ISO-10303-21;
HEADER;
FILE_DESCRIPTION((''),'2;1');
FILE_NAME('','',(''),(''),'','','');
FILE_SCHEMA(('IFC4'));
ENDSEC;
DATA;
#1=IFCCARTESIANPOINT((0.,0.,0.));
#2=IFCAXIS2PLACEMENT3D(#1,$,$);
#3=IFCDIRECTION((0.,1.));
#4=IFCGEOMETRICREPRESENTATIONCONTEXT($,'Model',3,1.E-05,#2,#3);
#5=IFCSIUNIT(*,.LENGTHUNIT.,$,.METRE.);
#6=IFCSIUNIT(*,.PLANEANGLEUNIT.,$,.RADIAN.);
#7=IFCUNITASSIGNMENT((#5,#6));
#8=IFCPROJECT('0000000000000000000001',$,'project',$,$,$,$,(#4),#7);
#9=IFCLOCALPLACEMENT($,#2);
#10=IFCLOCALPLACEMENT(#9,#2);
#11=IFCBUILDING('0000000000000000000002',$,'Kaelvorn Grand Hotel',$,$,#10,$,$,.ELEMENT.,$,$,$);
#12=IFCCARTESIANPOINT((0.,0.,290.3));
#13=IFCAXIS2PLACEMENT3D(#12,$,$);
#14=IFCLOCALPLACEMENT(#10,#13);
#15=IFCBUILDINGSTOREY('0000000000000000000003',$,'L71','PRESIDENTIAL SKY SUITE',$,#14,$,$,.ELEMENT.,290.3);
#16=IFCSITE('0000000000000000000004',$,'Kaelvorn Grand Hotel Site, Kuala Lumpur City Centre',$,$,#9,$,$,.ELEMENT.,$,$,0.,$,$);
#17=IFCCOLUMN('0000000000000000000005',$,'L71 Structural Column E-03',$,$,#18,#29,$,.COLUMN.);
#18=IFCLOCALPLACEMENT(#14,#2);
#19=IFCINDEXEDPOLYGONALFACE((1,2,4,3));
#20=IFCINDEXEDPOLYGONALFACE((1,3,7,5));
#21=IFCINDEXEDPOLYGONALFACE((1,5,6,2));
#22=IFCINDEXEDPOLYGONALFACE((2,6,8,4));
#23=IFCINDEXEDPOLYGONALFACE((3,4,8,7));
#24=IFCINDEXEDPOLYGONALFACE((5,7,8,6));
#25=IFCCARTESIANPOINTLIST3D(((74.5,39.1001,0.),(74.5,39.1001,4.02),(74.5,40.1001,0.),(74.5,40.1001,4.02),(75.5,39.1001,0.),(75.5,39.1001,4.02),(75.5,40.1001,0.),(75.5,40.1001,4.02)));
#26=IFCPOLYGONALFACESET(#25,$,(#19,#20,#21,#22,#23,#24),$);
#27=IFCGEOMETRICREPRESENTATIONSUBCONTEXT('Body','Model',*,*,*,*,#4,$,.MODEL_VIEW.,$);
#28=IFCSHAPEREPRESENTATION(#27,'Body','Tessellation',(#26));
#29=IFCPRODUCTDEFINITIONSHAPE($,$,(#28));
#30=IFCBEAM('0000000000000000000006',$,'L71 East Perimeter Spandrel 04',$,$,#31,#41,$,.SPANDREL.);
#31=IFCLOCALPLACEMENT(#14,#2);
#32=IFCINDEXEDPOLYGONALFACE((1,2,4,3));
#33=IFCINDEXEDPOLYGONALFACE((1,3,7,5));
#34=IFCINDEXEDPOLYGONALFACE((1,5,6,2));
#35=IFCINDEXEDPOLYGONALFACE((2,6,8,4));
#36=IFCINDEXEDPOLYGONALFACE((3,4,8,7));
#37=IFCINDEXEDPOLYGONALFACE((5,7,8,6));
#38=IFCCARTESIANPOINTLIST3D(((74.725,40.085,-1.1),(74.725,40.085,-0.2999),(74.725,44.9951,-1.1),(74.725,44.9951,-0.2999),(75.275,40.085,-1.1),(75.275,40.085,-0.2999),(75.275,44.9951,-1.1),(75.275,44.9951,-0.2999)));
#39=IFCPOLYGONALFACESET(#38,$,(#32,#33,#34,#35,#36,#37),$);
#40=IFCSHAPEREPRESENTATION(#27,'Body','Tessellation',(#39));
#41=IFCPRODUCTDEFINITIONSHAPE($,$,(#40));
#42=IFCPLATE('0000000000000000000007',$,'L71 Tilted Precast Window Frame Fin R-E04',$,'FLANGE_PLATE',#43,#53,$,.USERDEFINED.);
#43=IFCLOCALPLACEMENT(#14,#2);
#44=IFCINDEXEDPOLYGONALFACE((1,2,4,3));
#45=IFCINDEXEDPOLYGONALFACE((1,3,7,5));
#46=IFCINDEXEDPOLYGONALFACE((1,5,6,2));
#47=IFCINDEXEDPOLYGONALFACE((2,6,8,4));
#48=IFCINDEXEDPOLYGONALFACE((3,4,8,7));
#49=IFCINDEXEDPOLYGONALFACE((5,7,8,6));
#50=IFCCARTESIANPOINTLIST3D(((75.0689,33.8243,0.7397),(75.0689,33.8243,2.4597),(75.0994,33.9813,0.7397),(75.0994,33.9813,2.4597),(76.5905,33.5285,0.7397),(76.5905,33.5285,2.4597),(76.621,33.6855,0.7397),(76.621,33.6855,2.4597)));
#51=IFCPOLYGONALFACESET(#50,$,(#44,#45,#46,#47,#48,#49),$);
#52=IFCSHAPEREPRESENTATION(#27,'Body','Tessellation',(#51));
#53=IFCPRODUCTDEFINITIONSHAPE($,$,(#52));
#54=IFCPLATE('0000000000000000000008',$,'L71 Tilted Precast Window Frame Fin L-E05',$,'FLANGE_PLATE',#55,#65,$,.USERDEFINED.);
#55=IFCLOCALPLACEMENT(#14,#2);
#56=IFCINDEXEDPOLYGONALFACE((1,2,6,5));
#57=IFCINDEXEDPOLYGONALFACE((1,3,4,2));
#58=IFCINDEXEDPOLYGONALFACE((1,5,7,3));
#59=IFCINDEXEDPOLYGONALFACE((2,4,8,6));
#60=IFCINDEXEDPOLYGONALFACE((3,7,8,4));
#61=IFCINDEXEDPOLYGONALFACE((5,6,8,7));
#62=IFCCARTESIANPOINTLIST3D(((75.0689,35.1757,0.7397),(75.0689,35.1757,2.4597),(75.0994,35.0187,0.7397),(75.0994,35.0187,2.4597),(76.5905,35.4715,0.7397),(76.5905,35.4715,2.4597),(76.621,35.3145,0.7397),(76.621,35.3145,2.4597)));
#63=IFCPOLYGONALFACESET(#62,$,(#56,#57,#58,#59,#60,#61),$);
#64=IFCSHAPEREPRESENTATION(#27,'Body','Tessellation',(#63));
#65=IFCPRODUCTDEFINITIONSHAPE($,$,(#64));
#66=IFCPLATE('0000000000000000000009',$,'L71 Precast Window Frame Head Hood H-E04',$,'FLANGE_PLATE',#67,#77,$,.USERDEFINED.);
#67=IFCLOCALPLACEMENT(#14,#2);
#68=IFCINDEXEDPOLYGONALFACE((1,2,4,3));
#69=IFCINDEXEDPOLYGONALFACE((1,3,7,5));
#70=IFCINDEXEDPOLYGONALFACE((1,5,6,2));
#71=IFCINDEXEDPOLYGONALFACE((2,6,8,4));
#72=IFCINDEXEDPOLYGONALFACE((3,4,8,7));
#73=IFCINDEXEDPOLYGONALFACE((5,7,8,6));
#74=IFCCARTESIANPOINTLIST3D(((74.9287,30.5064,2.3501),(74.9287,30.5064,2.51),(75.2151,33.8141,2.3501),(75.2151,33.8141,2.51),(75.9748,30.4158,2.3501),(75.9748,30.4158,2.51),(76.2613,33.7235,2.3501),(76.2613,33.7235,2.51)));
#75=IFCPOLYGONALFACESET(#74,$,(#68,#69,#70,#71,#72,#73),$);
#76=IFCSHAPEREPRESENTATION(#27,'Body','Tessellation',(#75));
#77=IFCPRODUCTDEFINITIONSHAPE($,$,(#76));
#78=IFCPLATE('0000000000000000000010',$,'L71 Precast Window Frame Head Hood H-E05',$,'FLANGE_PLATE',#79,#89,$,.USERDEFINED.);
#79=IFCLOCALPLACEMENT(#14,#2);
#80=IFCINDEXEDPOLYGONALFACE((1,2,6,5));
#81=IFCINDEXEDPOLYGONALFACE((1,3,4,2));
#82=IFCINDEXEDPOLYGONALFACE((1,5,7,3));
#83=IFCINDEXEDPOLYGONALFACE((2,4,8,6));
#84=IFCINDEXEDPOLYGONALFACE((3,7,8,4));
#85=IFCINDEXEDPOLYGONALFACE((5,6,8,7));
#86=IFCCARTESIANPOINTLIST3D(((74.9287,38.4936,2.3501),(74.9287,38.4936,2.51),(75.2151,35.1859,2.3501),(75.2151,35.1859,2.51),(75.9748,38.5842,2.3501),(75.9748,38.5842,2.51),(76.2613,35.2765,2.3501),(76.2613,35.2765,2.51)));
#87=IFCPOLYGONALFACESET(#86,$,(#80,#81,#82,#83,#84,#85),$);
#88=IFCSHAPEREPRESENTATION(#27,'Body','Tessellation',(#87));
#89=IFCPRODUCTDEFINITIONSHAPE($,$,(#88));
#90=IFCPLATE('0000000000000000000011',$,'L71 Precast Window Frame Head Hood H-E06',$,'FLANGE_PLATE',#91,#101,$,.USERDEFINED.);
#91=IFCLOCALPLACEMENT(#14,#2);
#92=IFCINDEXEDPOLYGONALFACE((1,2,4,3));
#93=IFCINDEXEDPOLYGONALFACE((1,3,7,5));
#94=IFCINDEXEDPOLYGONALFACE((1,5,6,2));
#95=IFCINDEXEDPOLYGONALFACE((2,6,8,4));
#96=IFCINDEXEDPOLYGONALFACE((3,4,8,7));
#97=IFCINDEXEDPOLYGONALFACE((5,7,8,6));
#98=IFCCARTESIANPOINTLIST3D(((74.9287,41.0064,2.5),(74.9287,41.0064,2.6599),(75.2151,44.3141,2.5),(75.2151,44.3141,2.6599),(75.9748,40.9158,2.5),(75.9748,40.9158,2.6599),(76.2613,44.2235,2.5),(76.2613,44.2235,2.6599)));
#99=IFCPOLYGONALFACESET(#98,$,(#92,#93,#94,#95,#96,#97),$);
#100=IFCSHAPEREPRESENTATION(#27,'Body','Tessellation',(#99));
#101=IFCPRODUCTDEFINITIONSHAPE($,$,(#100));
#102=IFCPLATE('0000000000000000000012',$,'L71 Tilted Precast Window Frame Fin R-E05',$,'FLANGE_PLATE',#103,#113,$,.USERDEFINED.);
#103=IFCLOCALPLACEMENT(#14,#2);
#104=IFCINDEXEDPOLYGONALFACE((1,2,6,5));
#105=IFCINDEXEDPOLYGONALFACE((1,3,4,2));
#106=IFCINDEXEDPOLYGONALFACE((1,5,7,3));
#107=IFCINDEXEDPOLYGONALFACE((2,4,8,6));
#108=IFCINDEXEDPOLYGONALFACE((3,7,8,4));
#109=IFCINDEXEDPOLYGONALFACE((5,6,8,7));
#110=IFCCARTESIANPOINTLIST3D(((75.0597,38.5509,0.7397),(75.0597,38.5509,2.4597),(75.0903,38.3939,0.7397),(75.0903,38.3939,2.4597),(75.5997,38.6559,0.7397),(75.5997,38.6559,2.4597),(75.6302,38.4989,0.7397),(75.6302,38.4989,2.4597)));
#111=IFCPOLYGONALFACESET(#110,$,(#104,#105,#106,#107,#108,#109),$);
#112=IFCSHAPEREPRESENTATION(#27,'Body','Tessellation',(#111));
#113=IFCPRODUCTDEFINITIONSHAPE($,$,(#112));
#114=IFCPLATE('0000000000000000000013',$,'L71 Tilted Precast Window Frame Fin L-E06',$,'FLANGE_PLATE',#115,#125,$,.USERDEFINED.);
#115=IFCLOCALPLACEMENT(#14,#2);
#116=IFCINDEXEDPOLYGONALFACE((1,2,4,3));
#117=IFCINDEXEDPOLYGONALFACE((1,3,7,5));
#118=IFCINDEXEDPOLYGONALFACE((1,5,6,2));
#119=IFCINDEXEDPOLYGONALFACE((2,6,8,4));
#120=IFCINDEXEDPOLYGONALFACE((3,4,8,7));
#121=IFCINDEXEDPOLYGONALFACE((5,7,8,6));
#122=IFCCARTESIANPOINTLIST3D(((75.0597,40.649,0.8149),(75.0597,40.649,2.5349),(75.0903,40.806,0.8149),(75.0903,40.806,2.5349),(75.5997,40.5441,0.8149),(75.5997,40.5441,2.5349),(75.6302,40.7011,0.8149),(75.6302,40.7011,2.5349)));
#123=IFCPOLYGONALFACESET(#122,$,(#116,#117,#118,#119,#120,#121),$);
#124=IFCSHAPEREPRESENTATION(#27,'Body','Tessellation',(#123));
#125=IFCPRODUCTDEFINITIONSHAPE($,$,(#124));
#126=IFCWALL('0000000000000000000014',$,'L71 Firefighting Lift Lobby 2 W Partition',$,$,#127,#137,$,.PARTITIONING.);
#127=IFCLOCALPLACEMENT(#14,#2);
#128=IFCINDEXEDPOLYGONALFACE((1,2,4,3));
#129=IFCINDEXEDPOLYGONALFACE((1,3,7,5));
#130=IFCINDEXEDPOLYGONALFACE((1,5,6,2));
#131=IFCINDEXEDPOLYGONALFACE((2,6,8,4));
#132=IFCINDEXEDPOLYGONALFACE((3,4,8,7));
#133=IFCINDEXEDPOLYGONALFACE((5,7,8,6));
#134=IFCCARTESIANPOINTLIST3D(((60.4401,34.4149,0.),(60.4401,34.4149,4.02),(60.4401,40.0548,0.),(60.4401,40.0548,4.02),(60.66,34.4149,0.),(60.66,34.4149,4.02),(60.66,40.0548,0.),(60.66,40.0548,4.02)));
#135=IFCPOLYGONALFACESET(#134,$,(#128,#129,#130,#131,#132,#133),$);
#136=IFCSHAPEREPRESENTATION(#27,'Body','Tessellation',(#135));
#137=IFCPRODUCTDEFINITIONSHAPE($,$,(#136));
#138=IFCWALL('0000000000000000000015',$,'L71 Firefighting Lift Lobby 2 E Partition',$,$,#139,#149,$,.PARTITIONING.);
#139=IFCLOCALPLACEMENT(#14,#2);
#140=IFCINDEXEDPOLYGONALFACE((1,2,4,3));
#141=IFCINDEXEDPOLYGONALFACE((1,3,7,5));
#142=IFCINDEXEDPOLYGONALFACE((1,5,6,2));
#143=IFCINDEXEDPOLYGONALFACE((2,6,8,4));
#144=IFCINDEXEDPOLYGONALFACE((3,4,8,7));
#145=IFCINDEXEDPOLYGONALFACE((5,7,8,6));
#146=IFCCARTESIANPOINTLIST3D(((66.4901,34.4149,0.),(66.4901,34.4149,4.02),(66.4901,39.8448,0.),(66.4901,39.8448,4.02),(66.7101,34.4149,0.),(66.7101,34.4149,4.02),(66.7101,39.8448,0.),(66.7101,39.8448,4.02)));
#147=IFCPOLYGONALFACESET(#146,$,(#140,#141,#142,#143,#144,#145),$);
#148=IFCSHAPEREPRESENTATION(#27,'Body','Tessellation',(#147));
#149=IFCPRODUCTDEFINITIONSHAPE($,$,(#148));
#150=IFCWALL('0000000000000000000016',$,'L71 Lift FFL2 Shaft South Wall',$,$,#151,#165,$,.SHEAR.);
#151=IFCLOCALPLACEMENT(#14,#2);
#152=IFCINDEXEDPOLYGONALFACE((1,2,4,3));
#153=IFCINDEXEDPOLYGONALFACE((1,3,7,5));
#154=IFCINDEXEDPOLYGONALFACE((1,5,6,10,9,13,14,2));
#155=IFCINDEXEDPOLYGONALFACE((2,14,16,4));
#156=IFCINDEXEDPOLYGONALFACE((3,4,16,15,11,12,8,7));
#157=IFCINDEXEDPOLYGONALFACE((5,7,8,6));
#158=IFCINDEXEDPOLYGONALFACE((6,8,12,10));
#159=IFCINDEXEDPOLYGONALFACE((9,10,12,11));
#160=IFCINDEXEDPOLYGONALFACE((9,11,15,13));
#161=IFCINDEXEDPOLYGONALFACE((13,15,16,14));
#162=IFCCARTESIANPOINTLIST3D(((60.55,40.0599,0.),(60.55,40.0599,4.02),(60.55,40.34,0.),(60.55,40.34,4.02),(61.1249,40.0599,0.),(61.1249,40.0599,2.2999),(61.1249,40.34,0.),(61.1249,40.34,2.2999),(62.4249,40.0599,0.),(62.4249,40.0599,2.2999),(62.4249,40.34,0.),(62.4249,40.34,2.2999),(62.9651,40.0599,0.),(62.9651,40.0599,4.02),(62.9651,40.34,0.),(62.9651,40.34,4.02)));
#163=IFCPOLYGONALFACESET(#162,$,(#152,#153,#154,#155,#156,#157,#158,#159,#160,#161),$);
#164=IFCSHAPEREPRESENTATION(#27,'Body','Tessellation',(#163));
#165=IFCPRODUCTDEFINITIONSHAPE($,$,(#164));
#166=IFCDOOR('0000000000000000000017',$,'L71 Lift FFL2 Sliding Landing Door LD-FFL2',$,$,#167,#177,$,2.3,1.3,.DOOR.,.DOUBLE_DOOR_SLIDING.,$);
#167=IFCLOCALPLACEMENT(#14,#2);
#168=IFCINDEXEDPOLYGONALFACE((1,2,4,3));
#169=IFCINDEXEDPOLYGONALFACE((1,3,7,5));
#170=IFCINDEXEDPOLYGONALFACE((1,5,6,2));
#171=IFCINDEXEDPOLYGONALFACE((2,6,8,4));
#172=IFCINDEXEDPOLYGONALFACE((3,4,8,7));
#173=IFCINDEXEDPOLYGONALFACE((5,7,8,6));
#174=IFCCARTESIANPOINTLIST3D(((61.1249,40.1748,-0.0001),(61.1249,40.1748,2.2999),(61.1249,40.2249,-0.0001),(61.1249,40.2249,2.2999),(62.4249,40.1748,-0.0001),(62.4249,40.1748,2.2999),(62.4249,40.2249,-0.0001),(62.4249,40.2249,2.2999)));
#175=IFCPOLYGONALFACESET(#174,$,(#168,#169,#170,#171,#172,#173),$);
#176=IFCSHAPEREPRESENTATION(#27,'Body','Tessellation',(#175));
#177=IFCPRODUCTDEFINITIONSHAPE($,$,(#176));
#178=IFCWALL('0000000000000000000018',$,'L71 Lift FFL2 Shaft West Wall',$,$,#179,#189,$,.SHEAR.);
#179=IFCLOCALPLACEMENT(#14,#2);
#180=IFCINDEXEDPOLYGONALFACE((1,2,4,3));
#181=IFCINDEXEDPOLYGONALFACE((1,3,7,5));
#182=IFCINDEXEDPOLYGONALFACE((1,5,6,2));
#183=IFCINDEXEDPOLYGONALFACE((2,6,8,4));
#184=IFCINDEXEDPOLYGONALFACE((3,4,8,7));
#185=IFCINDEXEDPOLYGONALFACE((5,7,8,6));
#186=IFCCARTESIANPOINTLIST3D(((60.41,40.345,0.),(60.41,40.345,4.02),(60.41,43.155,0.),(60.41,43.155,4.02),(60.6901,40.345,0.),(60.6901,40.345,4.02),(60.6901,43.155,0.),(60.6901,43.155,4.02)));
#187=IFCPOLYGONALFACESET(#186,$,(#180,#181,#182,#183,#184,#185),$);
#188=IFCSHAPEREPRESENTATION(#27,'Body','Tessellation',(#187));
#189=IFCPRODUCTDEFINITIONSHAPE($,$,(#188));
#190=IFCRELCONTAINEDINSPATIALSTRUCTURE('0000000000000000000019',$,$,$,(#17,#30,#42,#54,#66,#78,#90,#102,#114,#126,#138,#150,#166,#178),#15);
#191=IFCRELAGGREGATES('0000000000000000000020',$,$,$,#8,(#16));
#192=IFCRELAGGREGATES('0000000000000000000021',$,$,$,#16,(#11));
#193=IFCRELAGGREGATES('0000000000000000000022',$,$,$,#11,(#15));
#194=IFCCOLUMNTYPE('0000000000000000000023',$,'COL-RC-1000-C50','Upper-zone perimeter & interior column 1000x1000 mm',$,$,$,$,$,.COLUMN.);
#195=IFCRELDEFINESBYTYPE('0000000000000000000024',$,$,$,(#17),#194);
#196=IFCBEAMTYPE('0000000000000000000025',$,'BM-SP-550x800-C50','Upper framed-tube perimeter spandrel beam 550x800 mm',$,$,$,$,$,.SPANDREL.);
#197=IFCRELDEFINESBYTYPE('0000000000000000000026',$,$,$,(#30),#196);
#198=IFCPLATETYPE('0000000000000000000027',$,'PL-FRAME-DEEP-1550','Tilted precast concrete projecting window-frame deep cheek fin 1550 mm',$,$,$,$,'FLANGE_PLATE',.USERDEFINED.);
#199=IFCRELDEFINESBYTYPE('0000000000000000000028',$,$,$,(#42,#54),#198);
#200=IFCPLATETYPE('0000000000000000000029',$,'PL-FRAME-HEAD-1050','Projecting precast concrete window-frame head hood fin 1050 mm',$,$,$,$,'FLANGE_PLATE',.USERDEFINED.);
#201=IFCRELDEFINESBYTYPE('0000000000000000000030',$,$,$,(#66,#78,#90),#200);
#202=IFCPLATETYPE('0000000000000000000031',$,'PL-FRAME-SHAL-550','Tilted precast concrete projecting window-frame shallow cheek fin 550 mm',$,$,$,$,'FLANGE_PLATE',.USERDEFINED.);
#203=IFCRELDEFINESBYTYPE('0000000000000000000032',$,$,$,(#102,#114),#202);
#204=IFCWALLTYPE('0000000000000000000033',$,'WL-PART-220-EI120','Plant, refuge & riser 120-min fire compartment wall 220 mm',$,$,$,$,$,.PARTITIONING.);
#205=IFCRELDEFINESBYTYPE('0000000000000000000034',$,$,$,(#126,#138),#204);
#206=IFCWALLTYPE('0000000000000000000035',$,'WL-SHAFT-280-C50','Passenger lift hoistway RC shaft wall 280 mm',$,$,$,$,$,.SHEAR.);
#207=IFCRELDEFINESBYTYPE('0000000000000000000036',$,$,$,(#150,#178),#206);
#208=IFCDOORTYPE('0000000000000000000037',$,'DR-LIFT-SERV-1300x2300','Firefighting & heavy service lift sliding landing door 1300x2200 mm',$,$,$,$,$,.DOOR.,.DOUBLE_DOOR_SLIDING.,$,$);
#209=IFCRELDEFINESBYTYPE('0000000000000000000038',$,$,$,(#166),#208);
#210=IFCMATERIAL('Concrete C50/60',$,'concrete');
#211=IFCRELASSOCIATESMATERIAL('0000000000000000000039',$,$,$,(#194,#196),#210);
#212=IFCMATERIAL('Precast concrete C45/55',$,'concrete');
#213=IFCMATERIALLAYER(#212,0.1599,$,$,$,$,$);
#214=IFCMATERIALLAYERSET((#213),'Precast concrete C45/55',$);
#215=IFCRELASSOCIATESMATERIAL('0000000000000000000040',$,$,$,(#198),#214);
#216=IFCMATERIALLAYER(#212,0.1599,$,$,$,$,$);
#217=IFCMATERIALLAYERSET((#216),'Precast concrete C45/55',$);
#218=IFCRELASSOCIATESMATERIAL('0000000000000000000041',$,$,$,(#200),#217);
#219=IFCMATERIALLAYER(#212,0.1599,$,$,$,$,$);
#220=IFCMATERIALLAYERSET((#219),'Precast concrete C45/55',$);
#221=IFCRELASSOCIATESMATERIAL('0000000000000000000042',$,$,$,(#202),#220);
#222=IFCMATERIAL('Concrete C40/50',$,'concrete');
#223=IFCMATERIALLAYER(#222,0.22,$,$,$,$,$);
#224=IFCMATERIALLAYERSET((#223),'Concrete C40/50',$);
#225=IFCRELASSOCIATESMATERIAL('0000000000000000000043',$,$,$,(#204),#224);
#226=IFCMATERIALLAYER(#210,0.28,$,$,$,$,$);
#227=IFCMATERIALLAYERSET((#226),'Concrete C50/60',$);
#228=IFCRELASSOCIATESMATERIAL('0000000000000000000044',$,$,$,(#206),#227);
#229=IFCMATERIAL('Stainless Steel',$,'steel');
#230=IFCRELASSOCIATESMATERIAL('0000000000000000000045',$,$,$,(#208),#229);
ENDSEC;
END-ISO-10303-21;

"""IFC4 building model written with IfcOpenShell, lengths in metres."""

from ifc_helpers import new_model, si_unit, direction, frame, frame_2d, origin, origin_2d, place, context, subcontext, project, spatial, rectangle, extrude, material, layer, layer_set, material_profile, profile_set, type_object, element, fill, save


model = new_model("IFC4")

# Units and contexts
model_context = context("Model", 3, precision=1e-05, world=origin(), true_north=direction((0.0, 1.0)))
body_context = subcontext(model_context, "Body", "Model", "MODEL_VIEW")
ifc_project = project(units=[si_unit("LENGTHUNIT", "METRE"), si_unit("PLANEANGLEUNIT", "RADIAN")], contexts=[model_context])

# Site, building, storey
site_placement = place(None, origin())
site = spatial("IfcSite", under=ifc_project, at=site_placement, Name="Kaelvorn Grand Hotel Site, Kuala Lumpur City Centre", CompositionType="ELEMENT", RefElevation=0.0)
building_placement = place(site_placement, origin())
building = spatial("IfcBuilding", under=site, at=building_placement, Name="Kaelvorn Grand Hotel", CompositionType="ELEMENT")
storey_placement = place(building_placement, frame((0.0, 0.0, 290.3)))
storey = spatial("IfcBuildingStorey", under=building, at=storey_placement, Name="L71", Description="PRESIDENTIAL SKY SUITE", CompositionType="ELEMENT", Elevation=290.3)

# Column
ifc_material_1 = material(Name="Concrete C50/60", Category="concrete")
ifc_material_profile_1 = material_profile(ifc_material_1, rectangle(XDim=1.0, YDim=1.0, at=origin_2d()), Name="RC COL 1000x1000")
ifc_profile_set_1 = profile_set([ifc_material_profile_1], Name="Concrete C50/60")
column_type = type_object("IfcColumnType", Name="COL-RC-1000-C50", Description="Upper-zone perimeter & interior column 1000x1000 mm", PredefinedType="COLUMN", material=ifc_profile_set_1)
column_placement = place(storey_placement, frame((75.0, 39.6001, 0.0), z_axis=(0.0, 0.0, 1.0), x_axis=(1.0, 0.0, 0.0)))
element("IfcColumn", 1, at=column_placement, inside=storey, type_object=column_type, Name="L71 Structural Column E-03", PredefinedType="COLUMN", context=body_context, shape_type="SweptSolid", body=[
    extrude(rectangle(XDim=1.0, YDim=1.0, at=origin_2d()), origin(), (0.0, 0.0, 1.0), 4.02),
])

# Beam
ifc_material_profile_2 = material_profile(ifc_material_1, rectangle(XDim=0.55, YDim=0.8, at=origin_2d()), Name="RC SPANDREL 550x800")
ifc_profile_set_2 = profile_set([ifc_material_profile_2], Name="Concrete C50/60")
beam_type = type_object("IfcBeamType", Name="BM-SP-550x800-C50", Description="Upper framed-tube perimeter spandrel beam 550x800 mm", PredefinedType="SPANDREL", material=ifc_profile_set_2)
beam_placement = place(storey_placement, frame((75.0, 40.085, -0.7), z_axis=(0.0, 1.0, 0.0), x_axis=(-1.0, 0.0, 0.0)))
element("IfcBeam", 2, at=beam_placement, inside=storey, type_object=beam_type, Name="L71 East Perimeter Spandrel 04", PredefinedType="SPANDREL", context=body_context, shape_type="SweptSolid", body=[
    extrude(rectangle(XDim=0.55, YDim=0.8, at=origin_2d()), origin(), (0.0, 0.0, 1.0), 4.9102),
])

# Plates
ifc_material_2 = material(Name="Precast concrete C45/55", Category="concrete")
ifc_layer_1 = layer(ifc_material_2, 0.1599)
ifc_layer_set_1 = layer_set([ifc_layer_1], Name="Precast concrete C45/55")
plate_type_1 = type_object("IfcPlateType", Name="PL-FRAME-DEEP-1550", Description="Tilted precast concrete projecting window-frame deep cheek fin 1550 mm", ElementType="FLANGE_PLATE", PredefinedType="USERDEFINED", material=ifc_layer_set_1)
for number, where, z_axis, x_axis, name in (
    (3, (75.845, 33.7549, 0.7397), (0.0, 0.0, 1.0), (0.190809, 0.981627, 0.0), "L71 Tilted Precast Window Frame Fin R-E04"),
    (4, (75.845, 35.2451, 0.7397), (0.0, 0.0, 1.0), (-0.190809, 0.981627, 0.0), "L71 Tilted Precast Window Frame Fin L-E05"),
):
    element("IfcPlate", number, at=place(storey_placement, frame(where, z_axis=z_axis, x_axis=x_axis)), inside=storey, type_object=plate_type_1, Name=name, ObjectType="FLANGE_PLATE", PredefinedType="USERDEFINED", context=body_context, shape_type="SweptSolid", body=[
        extrude(rectangle(XDim=0.1599, YDim=1.55, at=origin_2d()), origin(), (0.0, 0.0, 1.0), 1.72),
    ])
ifc_layer_2 = layer(ifc_material_2, 0.1599)
ifc_layer_set_2 = layer_set([ifc_layer_2], Name="Precast concrete C45/55")
plate_type_2 = type_object("IfcPlateType", Name="PL-FRAME-HEAD-1050", Description="Projecting precast concrete window-frame head hood fin 1050 mm", ElementType="FLANGE_PLATE", PredefinedType="USERDEFINED", material=ifc_layer_set_2)
for number, where, z_axis, x_axis, name in (
    (5, (75.595, 32.115, 2.3501), (0.0, 0.0, 1.0), (0.086286, 0.99627, 0.0), "L71 Precast Window Frame Head Hood H-E04"),
    (6, (75.595, 36.885, 2.3501), (0.0, 0.0, 1.0), (-0.086286, 0.99627, 0.0), "L71 Precast Window Frame Head Hood H-E05"),
    (7, (75.595, 42.615, 2.5), (0.0, 0.0, 1.0), (0.086286, 0.99627, 0.0), "L71 Precast Window Frame Head Hood H-E06"),
):
    element("IfcPlate", number, at=place(storey_placement, frame(where, z_axis=z_axis, x_axis=x_axis)), inside=storey, type_object=plate_type_2, Name=name, ObjectType="FLANGE_PLATE", PredefinedType="USERDEFINED", context=body_context, shape_type="SweptSolid", body=[
        extrude(rectangle(XDim=3.3201, YDim=1.05, at=origin_2d()), origin(), (0.0, 0.0, 1.0), 0.1599),
    ])
ifc_layer_3 = layer(ifc_material_2, 0.1599)
ifc_layer_set_3 = layer_set([ifc_layer_3], Name="Precast concrete C45/55")
plate_type_3 = type_object("IfcPlateType", Name="PL-FRAME-SHAL-550", Description="Tilted precast concrete projecting window-frame shallow cheek fin 550 mm", ElementType="FLANGE_PLATE", PredefinedType="USERDEFINED", material=ifc_layer_set_3)
for number, where, z_axis, x_axis, name in (
    (8, (75.345, 38.5249, 0.7397), (0.0, 0.0, 1.0), (-0.190809, 0.981627, 0.0), "L71 Tilted Precast Window Frame Fin R-E05"),
    (9, (75.345, 40.675, 0.8149), (0.0, 0.0, 1.0), (0.190809, 0.981627, 0.0), "L71 Tilted Precast Window Frame Fin L-E06"),
):
    element("IfcPlate", number, at=place(storey_placement, frame(where, z_axis=z_axis, x_axis=x_axis)), inside=storey, type_object=plate_type_3, Name=name, ObjectType="FLANGE_PLATE", PredefinedType="USERDEFINED", context=body_context, shape_type="SweptSolid", body=[
        extrude(rectangle(XDim=0.1599, YDim=0.55, at=origin_2d()), origin(), (0.0, 0.0, 1.0), 1.72),
    ])

# Walls
ifc_material_3 = material(Name="Concrete C40/50", Category="concrete")
ifc_layer_4 = layer(ifc_material_3, 0.22)
ifc_layer_set_4 = layer_set([ifc_layer_4], Name="Concrete C40/50")
wall_type_1 = type_object("IfcWallType", Name="WL-PART-220-EI120", Description="Plant, refuge & riser 120-min fire compartment wall 220 mm", PredefinedType="PARTITIONING", material=ifc_layer_set_4)
wall_1_placement = place(storey_placement, frame((60.55, 34.415, 0.0), z_axis=(0.0, 0.0, 1.0), x_axis=(0.0, 1.0, 0.0)))
element("IfcWall", 10, at=wall_1_placement, inside=storey, type_object=wall_type_1, Name="L71 Firefighting Lift Lobby 2 W Partition", PredefinedType="PARTITIONING", context=body_context, shape_type="SweptSolid", body=[
    extrude(rectangle(XDim=5.6399, YDim=0.22, at=frame_2d((2.8198, 0.0))), origin(), (0.0, 0.0, 1.0), 4.02),
])
wall_2_placement = place(storey_placement, frame((66.6001, 34.415, 0.0), z_axis=(0.0, 0.0, 1.0), x_axis=(0.0, 1.0, 0.0)))
element("IfcWall", 11, at=wall_2_placement, inside=storey, type_object=wall_type_1, Name="L71 Firefighting Lift Lobby 2 E Partition", PredefinedType="PARTITIONING", context=body_context, shape_type="SweptSolid", body=[
    extrude(rectangle(XDim=5.4299, YDim=0.22, at=frame_2d((2.7148, 0.0))), origin(), (0.0, 0.0, 1.0), 4.02),
])

# Wall, opening, door
ifc_layer_5 = layer(ifc_material_1, 0.28)
ifc_layer_set_5 = layer_set([ifc_layer_5], Name="Concrete C50/60")
wall_type_2 = type_object("IfcWallType", Name="WL-SHAFT-280-C50", Description="Passenger lift hoistway RC shaft wall 280 mm", PredefinedType="SHEAR", material=ifc_layer_set_5)
wall_3_placement = place(storey_placement, frame((60.55, 40.2, 0.0), z_axis=(0.0, 0.0, 1.0), x_axis=(1.0, 0.0, 0.0)))
wall_3 = element("IfcWall", 12, at=wall_3_placement, inside=storey, type_object=wall_type_2, Name="L71 Lift FFL2 Shaft South Wall", PredefinedType="SHEAR", context=body_context, shape_type="SweptSolid", body=[
    extrude(rectangle(XDim=2.415, YDim=0.28, at=frame_2d((1.2075, 0.0))), origin(), (0.0, 0.0, 1.0), 4.02),
])
opening_1_placement = place(wall_3_placement, frame((0.575, 0.0, 0.0)))
opening_1 = element("IfcOpeningElement", 13, at=opening_1_placement, cuts=wall_3, PredefinedType="OPENING", context=body_context, shape_type="SweptSolid", body=[
    extrude(rectangle(XDim=1.3, YDim=2.3, at=frame_2d((0.6499, 1.1499))), frame((0.0, 0.1499, 0.0), z_axis=(0.0, -1.0, 0.0), x_axis=(1.0, 0.0, 0.0)), (0.0, 0.0, 1.0), 0.3),
])
ifc_material_4 = material(Name="Stainless Steel", Category="steel")
door_type_1 = type_object("IfcDoorType", Name="DR-LIFT-SERV-1300x2300", Description="Firefighting & heavy service lift sliding landing door 1300x2200 mm", OperationType="DOUBLE_DOOR_SLIDING", PredefinedType="DOOR", material=ifc_material_4)
door_1_placement = place(opening_1_placement, origin())
door_1 = element("IfcDoor", 14, at=door_1_placement, inside=storey, type_object=door_type_1, Name="L71 Lift FFL2 Sliding Landing Door LD-FFL2", OperationType="DOUBLE_DOOR_SLIDING", OverallHeight=2.3, OverallWidth=1.3, PredefinedType="DOOR", context=body_context, shape_type="SweptSolid", body=[
    extrude(rectangle(XDim=1.3, YDim=2.3, at=frame_2d((0.6499, 1.1499))), frame((0.0, 0.0249, 0.0), z_axis=(0.0, -1.0, 0.0), x_axis=(1.0, 0.0, 0.0)), (0.0, 0.0, 1.0), 0.05),
])
fill(opening_1, door_1)

# Wall
wall_4_placement = place(storey_placement, frame((60.55, 40.345, 0.0), z_axis=(0.0, 0.0, 1.0), x_axis=(0.0, 1.0, 0.0)))
element("IfcWall", 15, at=wall_4_placement, inside=storey, type_object=wall_type_2, Name="L71 Lift FFL2 Shaft West Wall", PredefinedType="SHEAR", context=body_context, shape_type="SweptSolid", body=[
    extrude(rectangle(XDim=2.8101, YDim=0.28, at=frame_2d((1.405, 0.0))), origin(), (0.0, 0.0, 1.0), 4.02),
])

save(model, "model.ifc")
